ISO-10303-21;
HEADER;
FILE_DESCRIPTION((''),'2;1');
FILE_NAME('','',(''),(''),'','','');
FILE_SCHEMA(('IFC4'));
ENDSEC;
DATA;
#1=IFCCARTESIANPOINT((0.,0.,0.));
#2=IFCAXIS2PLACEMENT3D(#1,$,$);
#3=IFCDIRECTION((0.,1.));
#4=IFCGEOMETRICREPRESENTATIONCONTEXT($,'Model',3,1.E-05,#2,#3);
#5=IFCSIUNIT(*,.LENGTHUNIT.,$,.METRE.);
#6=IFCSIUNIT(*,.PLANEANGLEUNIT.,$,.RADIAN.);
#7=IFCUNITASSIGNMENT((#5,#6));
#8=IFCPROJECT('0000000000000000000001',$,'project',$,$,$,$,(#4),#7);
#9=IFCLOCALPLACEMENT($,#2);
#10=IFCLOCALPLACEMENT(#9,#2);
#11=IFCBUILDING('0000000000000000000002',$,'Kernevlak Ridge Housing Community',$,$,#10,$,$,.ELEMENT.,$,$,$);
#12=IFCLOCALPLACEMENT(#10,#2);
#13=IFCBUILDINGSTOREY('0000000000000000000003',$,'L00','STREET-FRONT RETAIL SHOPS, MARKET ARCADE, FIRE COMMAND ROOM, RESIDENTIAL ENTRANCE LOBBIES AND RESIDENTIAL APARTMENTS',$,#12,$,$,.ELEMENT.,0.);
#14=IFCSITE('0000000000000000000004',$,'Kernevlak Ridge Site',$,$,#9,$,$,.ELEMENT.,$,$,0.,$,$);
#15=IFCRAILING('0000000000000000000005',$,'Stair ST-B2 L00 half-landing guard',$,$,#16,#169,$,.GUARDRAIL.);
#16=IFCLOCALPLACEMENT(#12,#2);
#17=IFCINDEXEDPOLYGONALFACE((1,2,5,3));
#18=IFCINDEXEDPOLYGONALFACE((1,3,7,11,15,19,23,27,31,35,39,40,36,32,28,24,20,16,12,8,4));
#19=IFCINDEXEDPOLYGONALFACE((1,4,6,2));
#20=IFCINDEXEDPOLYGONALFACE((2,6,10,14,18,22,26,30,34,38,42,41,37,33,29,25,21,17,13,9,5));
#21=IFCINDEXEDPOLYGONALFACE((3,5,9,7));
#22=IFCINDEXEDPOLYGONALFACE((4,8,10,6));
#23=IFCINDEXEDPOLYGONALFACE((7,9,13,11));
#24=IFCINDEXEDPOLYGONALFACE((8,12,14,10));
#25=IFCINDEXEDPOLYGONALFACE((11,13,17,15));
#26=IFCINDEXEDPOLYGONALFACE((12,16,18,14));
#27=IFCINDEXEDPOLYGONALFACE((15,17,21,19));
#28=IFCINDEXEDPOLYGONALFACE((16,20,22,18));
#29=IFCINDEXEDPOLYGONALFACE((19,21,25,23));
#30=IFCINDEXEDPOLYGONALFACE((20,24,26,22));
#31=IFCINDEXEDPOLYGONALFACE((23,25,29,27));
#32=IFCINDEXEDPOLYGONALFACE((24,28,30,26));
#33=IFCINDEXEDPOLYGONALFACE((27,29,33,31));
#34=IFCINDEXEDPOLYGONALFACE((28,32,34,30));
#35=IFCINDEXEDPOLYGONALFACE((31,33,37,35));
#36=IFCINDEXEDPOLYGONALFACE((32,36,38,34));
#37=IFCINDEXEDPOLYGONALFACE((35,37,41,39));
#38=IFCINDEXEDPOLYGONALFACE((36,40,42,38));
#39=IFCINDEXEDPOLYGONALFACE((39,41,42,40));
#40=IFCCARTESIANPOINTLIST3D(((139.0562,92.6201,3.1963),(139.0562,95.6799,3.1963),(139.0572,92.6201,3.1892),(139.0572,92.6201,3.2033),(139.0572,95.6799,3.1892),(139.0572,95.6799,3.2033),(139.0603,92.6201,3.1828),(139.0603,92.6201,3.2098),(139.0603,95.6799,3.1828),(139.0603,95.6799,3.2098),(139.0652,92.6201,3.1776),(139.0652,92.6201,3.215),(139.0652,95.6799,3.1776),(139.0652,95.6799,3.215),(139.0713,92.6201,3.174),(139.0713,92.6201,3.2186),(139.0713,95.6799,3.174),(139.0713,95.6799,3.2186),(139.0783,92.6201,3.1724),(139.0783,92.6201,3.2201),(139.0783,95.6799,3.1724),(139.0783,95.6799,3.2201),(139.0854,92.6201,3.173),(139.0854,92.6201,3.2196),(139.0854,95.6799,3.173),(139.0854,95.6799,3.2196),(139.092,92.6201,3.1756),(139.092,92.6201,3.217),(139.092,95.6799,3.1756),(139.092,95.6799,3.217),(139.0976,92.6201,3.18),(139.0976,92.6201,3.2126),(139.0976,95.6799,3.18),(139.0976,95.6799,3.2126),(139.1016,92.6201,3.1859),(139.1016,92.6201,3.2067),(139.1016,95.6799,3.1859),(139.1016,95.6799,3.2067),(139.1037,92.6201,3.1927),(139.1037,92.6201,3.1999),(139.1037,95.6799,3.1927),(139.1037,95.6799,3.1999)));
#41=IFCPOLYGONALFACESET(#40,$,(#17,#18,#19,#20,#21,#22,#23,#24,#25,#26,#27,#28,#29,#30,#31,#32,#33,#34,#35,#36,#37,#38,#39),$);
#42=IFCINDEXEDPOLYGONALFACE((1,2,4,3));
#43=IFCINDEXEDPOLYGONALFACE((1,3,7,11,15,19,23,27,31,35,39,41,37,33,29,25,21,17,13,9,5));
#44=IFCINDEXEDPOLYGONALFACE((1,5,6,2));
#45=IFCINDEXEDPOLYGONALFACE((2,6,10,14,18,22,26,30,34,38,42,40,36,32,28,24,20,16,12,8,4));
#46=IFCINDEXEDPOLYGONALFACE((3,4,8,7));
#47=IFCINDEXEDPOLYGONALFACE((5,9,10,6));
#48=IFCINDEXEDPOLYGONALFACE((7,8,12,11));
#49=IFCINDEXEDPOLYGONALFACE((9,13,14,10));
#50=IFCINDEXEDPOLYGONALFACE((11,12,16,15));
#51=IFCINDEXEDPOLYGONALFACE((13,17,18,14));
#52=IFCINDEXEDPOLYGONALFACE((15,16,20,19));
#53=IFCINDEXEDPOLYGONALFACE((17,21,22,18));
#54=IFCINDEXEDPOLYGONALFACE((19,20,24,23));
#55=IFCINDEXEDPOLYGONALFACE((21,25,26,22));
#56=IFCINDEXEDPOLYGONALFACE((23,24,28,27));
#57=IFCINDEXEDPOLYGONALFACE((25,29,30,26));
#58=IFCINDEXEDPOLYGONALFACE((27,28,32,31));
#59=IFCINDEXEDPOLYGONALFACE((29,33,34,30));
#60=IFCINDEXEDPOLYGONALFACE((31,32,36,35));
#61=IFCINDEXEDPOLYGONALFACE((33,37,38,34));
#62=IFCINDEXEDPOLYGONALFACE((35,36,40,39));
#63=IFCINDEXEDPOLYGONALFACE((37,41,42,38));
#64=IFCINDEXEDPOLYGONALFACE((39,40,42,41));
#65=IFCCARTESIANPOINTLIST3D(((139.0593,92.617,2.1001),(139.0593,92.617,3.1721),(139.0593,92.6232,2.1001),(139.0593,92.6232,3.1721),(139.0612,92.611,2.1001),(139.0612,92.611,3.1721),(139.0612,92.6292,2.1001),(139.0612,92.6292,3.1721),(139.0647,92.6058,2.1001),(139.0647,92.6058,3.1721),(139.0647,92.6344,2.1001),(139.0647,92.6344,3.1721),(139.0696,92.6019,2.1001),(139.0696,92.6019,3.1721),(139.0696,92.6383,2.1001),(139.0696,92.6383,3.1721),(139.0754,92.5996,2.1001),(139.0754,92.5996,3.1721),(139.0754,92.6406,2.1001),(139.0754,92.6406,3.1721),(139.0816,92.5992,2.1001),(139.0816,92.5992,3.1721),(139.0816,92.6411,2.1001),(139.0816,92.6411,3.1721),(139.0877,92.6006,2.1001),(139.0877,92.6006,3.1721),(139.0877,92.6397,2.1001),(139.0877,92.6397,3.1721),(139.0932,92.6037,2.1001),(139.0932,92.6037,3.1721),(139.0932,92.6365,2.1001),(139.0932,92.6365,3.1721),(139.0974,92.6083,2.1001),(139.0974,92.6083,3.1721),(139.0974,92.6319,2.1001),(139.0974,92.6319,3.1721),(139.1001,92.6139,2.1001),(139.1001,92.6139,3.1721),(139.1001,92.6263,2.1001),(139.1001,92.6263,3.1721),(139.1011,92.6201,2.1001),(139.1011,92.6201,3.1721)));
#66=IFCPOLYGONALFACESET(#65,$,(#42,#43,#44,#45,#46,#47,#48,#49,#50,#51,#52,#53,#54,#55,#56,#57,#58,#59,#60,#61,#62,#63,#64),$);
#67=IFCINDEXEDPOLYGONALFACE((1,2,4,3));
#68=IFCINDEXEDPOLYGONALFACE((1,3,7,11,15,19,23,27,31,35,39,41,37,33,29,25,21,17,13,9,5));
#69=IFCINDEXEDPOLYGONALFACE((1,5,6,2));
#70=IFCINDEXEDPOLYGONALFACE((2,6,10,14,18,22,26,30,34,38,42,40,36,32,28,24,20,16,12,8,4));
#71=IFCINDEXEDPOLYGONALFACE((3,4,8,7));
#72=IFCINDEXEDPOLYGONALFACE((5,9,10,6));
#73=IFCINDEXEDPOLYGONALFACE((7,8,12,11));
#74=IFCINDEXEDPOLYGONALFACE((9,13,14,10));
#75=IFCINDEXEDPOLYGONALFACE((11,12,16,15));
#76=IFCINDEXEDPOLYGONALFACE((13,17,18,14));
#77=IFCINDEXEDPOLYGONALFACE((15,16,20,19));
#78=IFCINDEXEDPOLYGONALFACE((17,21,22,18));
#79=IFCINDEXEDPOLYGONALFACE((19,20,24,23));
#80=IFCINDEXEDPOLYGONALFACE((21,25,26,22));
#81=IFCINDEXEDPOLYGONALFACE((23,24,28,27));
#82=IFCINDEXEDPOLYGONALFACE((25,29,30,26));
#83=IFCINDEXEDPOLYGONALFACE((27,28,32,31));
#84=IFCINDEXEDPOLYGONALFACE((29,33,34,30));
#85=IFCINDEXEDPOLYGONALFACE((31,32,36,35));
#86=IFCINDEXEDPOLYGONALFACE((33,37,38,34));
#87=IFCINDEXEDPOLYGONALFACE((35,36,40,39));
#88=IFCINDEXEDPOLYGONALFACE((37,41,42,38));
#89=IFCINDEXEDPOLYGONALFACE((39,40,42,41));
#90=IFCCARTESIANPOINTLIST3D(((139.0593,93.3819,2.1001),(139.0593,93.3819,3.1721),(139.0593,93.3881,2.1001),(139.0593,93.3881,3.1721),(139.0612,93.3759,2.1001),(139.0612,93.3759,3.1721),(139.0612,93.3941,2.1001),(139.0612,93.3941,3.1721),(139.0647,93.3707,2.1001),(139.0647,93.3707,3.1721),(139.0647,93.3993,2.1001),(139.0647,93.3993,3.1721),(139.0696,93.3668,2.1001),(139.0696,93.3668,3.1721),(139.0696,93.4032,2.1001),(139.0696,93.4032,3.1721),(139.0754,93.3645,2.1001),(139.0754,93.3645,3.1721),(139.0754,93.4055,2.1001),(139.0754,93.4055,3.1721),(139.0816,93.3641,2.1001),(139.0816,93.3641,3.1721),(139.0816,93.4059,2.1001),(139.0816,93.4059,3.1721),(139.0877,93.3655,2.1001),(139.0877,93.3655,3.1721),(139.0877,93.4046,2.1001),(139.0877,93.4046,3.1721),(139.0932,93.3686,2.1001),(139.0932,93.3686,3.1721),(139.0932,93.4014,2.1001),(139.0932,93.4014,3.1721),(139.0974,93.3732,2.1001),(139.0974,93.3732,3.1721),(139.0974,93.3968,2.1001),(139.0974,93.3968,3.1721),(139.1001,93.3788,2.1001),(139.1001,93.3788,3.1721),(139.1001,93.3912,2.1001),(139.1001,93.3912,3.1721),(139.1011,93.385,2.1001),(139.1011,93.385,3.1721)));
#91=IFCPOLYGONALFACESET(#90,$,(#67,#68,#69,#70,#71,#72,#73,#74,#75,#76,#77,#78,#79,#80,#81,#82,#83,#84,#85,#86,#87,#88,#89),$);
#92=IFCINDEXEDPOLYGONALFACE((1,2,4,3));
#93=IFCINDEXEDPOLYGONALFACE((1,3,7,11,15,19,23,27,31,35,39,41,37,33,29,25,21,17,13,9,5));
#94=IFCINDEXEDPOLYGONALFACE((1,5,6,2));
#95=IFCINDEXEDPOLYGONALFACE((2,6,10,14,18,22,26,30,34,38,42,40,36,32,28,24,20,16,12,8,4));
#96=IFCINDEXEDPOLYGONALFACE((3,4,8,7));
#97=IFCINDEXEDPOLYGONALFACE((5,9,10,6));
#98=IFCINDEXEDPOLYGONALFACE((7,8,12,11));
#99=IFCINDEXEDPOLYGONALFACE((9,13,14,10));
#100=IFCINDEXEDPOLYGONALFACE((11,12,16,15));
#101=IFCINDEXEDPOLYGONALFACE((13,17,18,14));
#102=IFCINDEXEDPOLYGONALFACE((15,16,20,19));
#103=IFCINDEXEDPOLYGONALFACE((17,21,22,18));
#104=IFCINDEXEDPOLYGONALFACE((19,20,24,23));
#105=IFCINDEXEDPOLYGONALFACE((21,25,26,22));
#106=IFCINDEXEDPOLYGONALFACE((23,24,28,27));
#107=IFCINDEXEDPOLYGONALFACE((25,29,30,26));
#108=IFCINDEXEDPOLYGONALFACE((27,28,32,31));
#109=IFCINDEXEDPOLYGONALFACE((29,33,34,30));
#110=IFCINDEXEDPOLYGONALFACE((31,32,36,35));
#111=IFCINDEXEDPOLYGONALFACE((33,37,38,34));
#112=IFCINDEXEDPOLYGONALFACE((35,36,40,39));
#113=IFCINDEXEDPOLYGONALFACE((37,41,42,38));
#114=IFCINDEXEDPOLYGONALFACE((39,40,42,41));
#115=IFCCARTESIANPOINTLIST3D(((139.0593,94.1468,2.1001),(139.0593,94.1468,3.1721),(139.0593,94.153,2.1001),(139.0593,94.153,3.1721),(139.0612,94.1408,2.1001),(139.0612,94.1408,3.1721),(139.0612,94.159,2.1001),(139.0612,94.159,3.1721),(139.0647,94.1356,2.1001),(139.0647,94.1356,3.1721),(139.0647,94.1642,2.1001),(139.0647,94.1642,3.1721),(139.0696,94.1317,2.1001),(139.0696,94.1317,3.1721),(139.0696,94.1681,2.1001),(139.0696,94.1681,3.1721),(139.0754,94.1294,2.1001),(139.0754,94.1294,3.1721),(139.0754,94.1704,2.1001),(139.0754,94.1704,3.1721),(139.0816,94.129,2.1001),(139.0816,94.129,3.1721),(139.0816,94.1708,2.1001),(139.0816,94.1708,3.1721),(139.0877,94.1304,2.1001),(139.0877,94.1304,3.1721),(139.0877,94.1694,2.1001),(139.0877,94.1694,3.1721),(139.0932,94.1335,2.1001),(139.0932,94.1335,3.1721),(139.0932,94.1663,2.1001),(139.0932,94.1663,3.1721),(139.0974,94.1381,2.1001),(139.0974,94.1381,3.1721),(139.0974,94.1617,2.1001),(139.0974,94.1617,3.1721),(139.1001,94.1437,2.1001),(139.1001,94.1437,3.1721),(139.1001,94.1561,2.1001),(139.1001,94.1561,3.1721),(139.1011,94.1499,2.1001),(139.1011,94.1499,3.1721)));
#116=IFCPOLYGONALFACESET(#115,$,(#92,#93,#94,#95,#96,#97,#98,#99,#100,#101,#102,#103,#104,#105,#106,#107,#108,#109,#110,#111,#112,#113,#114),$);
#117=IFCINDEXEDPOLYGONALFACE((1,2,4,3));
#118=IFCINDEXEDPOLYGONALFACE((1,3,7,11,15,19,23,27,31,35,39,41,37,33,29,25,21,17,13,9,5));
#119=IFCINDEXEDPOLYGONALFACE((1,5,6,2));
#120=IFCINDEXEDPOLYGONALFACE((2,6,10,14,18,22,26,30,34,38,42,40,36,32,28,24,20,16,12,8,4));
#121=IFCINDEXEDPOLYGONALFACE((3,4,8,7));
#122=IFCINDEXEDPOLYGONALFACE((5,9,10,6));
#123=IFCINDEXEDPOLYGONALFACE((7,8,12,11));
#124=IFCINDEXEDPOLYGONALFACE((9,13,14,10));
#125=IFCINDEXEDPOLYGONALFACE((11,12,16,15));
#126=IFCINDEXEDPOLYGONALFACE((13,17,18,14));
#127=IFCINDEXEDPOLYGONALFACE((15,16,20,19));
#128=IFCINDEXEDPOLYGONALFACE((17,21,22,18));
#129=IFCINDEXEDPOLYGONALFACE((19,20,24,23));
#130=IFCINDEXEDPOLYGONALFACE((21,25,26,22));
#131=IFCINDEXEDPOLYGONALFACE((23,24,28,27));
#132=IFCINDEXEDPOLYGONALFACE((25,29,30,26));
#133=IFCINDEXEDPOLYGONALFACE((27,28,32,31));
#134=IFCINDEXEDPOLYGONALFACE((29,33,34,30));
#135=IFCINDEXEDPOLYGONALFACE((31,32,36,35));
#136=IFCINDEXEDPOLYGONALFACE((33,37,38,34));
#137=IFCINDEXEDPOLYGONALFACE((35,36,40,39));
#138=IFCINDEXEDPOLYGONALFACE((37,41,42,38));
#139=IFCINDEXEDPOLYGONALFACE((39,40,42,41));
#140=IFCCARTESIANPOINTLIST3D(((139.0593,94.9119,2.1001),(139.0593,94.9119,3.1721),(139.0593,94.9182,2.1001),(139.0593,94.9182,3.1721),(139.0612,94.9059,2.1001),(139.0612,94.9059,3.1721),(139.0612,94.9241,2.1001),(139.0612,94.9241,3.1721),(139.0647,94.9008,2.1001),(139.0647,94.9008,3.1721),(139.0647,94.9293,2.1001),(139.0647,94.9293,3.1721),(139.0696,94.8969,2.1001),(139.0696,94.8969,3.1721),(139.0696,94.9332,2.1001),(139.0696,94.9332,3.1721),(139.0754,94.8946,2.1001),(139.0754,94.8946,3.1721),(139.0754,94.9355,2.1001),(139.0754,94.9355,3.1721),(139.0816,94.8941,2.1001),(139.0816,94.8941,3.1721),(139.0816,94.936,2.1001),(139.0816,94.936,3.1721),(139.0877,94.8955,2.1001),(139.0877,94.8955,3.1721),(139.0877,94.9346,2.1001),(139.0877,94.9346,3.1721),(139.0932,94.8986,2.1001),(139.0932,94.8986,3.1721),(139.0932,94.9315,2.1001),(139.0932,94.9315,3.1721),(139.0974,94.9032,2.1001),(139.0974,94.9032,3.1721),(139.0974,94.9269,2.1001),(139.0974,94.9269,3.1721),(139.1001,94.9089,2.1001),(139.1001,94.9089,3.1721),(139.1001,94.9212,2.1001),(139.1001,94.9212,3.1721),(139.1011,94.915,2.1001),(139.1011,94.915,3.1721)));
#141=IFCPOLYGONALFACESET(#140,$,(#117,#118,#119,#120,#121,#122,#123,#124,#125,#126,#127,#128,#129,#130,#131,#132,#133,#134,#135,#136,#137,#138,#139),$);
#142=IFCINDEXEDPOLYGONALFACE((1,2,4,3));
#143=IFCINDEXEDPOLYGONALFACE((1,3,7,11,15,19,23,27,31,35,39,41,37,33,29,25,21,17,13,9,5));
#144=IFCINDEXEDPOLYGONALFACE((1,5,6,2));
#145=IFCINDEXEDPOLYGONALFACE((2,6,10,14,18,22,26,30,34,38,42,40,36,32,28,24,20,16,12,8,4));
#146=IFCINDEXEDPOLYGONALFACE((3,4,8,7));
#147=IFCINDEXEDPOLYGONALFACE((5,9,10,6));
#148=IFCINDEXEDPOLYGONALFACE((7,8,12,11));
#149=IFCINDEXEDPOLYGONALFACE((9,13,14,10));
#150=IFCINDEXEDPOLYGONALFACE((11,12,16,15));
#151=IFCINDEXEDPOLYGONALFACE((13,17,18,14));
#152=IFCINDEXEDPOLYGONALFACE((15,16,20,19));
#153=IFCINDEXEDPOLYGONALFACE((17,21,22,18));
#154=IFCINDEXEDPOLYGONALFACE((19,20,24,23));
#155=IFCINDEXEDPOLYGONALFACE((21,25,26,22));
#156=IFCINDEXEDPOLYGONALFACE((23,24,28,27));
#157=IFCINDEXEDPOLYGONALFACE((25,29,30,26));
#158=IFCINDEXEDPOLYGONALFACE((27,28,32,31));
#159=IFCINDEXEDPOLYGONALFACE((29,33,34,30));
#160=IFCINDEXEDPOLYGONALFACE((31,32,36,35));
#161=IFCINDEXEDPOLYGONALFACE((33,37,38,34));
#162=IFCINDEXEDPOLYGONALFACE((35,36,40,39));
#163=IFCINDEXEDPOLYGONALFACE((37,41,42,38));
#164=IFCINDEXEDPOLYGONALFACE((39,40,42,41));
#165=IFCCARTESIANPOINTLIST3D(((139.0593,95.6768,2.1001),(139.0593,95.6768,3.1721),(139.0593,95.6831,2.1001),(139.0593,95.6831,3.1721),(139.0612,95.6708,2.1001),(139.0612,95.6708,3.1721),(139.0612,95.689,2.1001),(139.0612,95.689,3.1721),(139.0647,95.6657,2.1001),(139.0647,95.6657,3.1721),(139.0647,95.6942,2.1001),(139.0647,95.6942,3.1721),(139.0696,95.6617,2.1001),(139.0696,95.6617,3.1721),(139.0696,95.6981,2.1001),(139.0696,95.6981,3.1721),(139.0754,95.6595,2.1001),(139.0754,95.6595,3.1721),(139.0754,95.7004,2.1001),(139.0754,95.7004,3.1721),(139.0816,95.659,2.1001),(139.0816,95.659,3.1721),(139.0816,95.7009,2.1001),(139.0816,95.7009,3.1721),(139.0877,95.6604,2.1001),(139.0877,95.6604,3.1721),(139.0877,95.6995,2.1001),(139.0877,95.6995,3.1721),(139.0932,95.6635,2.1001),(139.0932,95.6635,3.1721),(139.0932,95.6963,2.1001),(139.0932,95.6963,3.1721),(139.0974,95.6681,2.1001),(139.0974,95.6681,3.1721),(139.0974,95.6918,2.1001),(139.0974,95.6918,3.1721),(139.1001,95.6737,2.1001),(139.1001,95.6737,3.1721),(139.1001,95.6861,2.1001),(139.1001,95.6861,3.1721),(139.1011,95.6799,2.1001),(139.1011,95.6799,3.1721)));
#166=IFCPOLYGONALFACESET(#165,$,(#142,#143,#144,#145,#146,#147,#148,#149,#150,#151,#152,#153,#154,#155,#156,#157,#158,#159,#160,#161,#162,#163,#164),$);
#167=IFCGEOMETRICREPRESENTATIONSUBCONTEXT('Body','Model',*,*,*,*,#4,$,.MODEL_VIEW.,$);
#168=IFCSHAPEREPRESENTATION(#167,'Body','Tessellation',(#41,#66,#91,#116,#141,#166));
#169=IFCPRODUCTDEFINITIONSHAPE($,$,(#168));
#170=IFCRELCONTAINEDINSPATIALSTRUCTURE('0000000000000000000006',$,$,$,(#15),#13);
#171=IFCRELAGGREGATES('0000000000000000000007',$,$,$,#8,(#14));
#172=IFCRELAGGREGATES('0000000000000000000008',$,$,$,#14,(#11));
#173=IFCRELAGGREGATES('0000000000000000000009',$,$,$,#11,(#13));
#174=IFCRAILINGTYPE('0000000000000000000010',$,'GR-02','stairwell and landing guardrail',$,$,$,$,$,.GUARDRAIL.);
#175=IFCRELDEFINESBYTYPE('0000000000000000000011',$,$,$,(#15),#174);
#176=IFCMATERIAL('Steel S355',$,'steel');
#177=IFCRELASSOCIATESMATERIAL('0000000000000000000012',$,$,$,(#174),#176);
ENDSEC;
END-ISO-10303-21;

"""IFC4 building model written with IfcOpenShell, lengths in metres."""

from ifc_helpers import new_model, si_unit, direction, frame, origin, origin_2d, place, context, subcontext, project, spatial, circle, extrude, material, type_object, element, save


model = new_model("IFC4")

# Units and contexts
model_context = context("Model", 3, precision=1e-05, world=origin(), true_north=direction((0.0, 1.0)))
body_context = subcontext(model_context, "Body", "Model", "MODEL_VIEW")
ifc_project = project(units=[si_unit("LENGTHUNIT", "METRE"), si_unit("PLANEANGLEUNIT", "RADIAN")], contexts=[model_context])

# Site, building, storey
site_placement = place(None, origin())
site = spatial("IfcSite", under=ifc_project, at=site_placement, Name="Kernevlak Ridge Site", CompositionType="ELEMENT", RefElevation=0.0)
building_placement = place(site_placement, origin())
building = spatial("IfcBuilding", under=site, at=building_placement, Name="Kernevlak Ridge Housing Community", CompositionType="ELEMENT")
storey_placement = place(building_placement, origin())
storey = spatial("IfcBuildingStorey", under=building, at=storey_placement, Name="L00", Description="STREET-FRONT RETAIL SHOPS, MARKET ARCADE, FIRE COMMAND ROOM, RESIDENTIAL ENTRANCE LOBBIES AND RESIDENTIAL APARTMENTS", CompositionType="ELEMENT", Elevation=0.0)

# Railing
ifc_material_1 = material(Name="Steel S355", Category="steel")
railing_type_1 = type_object("IfcRailingType", Name="GR-02", Description="stairwell and landing guardrail", PredefinedType="GUARDRAIL", material=ifc_material_1)
railing_1_placement = place(storey_placement, frame((139.0801, 92.6201, 2.1001)))
element("IfcRailing", 1, at=railing_1_placement, inside=storey, type_object=railing_type_1, Name="Stair ST-B2 L00 half-landing guard", PredefinedType="GUARDRAIL", context=body_context, shape_type="SweptSolid", body=[
    extrude(circle(Radius=0.0239, at=origin_2d()), frame((0.0, 0.0, 1.0962), z_axis=(0.0, 1.0, 0.0), x_axis=(-1.0, 0.0, 0.0)), (0.0, 0.0, 1.0), 3.0598),
    extrude(circle(Radius=0.021, at=origin_2d()), origin(), (0.0, 0.0, 1.0), 1.072),
    extrude(circle(Radius=0.021, at=origin_2d()), frame((0.0, 0.7649, 0.0)), (0.0, 0.0, 1.0), 1.072),
    extrude(circle(Radius=0.021, at=origin_2d()), frame((0.0, 1.5298, 0.0)), (0.0, 0.0, 1.0), 1.072),
    extrude(circle(Radius=0.021, at=origin_2d()), frame((0.0, 2.2949, 0.0)), (0.0, 0.0, 1.0), 1.072),
    extrude(circle(Radius=0.021, at=origin_2d()), frame((0.0, 3.0598, 0.0)), (0.0, 0.0, 1.0), 1.072),
])

save(model, "model.ifc")
